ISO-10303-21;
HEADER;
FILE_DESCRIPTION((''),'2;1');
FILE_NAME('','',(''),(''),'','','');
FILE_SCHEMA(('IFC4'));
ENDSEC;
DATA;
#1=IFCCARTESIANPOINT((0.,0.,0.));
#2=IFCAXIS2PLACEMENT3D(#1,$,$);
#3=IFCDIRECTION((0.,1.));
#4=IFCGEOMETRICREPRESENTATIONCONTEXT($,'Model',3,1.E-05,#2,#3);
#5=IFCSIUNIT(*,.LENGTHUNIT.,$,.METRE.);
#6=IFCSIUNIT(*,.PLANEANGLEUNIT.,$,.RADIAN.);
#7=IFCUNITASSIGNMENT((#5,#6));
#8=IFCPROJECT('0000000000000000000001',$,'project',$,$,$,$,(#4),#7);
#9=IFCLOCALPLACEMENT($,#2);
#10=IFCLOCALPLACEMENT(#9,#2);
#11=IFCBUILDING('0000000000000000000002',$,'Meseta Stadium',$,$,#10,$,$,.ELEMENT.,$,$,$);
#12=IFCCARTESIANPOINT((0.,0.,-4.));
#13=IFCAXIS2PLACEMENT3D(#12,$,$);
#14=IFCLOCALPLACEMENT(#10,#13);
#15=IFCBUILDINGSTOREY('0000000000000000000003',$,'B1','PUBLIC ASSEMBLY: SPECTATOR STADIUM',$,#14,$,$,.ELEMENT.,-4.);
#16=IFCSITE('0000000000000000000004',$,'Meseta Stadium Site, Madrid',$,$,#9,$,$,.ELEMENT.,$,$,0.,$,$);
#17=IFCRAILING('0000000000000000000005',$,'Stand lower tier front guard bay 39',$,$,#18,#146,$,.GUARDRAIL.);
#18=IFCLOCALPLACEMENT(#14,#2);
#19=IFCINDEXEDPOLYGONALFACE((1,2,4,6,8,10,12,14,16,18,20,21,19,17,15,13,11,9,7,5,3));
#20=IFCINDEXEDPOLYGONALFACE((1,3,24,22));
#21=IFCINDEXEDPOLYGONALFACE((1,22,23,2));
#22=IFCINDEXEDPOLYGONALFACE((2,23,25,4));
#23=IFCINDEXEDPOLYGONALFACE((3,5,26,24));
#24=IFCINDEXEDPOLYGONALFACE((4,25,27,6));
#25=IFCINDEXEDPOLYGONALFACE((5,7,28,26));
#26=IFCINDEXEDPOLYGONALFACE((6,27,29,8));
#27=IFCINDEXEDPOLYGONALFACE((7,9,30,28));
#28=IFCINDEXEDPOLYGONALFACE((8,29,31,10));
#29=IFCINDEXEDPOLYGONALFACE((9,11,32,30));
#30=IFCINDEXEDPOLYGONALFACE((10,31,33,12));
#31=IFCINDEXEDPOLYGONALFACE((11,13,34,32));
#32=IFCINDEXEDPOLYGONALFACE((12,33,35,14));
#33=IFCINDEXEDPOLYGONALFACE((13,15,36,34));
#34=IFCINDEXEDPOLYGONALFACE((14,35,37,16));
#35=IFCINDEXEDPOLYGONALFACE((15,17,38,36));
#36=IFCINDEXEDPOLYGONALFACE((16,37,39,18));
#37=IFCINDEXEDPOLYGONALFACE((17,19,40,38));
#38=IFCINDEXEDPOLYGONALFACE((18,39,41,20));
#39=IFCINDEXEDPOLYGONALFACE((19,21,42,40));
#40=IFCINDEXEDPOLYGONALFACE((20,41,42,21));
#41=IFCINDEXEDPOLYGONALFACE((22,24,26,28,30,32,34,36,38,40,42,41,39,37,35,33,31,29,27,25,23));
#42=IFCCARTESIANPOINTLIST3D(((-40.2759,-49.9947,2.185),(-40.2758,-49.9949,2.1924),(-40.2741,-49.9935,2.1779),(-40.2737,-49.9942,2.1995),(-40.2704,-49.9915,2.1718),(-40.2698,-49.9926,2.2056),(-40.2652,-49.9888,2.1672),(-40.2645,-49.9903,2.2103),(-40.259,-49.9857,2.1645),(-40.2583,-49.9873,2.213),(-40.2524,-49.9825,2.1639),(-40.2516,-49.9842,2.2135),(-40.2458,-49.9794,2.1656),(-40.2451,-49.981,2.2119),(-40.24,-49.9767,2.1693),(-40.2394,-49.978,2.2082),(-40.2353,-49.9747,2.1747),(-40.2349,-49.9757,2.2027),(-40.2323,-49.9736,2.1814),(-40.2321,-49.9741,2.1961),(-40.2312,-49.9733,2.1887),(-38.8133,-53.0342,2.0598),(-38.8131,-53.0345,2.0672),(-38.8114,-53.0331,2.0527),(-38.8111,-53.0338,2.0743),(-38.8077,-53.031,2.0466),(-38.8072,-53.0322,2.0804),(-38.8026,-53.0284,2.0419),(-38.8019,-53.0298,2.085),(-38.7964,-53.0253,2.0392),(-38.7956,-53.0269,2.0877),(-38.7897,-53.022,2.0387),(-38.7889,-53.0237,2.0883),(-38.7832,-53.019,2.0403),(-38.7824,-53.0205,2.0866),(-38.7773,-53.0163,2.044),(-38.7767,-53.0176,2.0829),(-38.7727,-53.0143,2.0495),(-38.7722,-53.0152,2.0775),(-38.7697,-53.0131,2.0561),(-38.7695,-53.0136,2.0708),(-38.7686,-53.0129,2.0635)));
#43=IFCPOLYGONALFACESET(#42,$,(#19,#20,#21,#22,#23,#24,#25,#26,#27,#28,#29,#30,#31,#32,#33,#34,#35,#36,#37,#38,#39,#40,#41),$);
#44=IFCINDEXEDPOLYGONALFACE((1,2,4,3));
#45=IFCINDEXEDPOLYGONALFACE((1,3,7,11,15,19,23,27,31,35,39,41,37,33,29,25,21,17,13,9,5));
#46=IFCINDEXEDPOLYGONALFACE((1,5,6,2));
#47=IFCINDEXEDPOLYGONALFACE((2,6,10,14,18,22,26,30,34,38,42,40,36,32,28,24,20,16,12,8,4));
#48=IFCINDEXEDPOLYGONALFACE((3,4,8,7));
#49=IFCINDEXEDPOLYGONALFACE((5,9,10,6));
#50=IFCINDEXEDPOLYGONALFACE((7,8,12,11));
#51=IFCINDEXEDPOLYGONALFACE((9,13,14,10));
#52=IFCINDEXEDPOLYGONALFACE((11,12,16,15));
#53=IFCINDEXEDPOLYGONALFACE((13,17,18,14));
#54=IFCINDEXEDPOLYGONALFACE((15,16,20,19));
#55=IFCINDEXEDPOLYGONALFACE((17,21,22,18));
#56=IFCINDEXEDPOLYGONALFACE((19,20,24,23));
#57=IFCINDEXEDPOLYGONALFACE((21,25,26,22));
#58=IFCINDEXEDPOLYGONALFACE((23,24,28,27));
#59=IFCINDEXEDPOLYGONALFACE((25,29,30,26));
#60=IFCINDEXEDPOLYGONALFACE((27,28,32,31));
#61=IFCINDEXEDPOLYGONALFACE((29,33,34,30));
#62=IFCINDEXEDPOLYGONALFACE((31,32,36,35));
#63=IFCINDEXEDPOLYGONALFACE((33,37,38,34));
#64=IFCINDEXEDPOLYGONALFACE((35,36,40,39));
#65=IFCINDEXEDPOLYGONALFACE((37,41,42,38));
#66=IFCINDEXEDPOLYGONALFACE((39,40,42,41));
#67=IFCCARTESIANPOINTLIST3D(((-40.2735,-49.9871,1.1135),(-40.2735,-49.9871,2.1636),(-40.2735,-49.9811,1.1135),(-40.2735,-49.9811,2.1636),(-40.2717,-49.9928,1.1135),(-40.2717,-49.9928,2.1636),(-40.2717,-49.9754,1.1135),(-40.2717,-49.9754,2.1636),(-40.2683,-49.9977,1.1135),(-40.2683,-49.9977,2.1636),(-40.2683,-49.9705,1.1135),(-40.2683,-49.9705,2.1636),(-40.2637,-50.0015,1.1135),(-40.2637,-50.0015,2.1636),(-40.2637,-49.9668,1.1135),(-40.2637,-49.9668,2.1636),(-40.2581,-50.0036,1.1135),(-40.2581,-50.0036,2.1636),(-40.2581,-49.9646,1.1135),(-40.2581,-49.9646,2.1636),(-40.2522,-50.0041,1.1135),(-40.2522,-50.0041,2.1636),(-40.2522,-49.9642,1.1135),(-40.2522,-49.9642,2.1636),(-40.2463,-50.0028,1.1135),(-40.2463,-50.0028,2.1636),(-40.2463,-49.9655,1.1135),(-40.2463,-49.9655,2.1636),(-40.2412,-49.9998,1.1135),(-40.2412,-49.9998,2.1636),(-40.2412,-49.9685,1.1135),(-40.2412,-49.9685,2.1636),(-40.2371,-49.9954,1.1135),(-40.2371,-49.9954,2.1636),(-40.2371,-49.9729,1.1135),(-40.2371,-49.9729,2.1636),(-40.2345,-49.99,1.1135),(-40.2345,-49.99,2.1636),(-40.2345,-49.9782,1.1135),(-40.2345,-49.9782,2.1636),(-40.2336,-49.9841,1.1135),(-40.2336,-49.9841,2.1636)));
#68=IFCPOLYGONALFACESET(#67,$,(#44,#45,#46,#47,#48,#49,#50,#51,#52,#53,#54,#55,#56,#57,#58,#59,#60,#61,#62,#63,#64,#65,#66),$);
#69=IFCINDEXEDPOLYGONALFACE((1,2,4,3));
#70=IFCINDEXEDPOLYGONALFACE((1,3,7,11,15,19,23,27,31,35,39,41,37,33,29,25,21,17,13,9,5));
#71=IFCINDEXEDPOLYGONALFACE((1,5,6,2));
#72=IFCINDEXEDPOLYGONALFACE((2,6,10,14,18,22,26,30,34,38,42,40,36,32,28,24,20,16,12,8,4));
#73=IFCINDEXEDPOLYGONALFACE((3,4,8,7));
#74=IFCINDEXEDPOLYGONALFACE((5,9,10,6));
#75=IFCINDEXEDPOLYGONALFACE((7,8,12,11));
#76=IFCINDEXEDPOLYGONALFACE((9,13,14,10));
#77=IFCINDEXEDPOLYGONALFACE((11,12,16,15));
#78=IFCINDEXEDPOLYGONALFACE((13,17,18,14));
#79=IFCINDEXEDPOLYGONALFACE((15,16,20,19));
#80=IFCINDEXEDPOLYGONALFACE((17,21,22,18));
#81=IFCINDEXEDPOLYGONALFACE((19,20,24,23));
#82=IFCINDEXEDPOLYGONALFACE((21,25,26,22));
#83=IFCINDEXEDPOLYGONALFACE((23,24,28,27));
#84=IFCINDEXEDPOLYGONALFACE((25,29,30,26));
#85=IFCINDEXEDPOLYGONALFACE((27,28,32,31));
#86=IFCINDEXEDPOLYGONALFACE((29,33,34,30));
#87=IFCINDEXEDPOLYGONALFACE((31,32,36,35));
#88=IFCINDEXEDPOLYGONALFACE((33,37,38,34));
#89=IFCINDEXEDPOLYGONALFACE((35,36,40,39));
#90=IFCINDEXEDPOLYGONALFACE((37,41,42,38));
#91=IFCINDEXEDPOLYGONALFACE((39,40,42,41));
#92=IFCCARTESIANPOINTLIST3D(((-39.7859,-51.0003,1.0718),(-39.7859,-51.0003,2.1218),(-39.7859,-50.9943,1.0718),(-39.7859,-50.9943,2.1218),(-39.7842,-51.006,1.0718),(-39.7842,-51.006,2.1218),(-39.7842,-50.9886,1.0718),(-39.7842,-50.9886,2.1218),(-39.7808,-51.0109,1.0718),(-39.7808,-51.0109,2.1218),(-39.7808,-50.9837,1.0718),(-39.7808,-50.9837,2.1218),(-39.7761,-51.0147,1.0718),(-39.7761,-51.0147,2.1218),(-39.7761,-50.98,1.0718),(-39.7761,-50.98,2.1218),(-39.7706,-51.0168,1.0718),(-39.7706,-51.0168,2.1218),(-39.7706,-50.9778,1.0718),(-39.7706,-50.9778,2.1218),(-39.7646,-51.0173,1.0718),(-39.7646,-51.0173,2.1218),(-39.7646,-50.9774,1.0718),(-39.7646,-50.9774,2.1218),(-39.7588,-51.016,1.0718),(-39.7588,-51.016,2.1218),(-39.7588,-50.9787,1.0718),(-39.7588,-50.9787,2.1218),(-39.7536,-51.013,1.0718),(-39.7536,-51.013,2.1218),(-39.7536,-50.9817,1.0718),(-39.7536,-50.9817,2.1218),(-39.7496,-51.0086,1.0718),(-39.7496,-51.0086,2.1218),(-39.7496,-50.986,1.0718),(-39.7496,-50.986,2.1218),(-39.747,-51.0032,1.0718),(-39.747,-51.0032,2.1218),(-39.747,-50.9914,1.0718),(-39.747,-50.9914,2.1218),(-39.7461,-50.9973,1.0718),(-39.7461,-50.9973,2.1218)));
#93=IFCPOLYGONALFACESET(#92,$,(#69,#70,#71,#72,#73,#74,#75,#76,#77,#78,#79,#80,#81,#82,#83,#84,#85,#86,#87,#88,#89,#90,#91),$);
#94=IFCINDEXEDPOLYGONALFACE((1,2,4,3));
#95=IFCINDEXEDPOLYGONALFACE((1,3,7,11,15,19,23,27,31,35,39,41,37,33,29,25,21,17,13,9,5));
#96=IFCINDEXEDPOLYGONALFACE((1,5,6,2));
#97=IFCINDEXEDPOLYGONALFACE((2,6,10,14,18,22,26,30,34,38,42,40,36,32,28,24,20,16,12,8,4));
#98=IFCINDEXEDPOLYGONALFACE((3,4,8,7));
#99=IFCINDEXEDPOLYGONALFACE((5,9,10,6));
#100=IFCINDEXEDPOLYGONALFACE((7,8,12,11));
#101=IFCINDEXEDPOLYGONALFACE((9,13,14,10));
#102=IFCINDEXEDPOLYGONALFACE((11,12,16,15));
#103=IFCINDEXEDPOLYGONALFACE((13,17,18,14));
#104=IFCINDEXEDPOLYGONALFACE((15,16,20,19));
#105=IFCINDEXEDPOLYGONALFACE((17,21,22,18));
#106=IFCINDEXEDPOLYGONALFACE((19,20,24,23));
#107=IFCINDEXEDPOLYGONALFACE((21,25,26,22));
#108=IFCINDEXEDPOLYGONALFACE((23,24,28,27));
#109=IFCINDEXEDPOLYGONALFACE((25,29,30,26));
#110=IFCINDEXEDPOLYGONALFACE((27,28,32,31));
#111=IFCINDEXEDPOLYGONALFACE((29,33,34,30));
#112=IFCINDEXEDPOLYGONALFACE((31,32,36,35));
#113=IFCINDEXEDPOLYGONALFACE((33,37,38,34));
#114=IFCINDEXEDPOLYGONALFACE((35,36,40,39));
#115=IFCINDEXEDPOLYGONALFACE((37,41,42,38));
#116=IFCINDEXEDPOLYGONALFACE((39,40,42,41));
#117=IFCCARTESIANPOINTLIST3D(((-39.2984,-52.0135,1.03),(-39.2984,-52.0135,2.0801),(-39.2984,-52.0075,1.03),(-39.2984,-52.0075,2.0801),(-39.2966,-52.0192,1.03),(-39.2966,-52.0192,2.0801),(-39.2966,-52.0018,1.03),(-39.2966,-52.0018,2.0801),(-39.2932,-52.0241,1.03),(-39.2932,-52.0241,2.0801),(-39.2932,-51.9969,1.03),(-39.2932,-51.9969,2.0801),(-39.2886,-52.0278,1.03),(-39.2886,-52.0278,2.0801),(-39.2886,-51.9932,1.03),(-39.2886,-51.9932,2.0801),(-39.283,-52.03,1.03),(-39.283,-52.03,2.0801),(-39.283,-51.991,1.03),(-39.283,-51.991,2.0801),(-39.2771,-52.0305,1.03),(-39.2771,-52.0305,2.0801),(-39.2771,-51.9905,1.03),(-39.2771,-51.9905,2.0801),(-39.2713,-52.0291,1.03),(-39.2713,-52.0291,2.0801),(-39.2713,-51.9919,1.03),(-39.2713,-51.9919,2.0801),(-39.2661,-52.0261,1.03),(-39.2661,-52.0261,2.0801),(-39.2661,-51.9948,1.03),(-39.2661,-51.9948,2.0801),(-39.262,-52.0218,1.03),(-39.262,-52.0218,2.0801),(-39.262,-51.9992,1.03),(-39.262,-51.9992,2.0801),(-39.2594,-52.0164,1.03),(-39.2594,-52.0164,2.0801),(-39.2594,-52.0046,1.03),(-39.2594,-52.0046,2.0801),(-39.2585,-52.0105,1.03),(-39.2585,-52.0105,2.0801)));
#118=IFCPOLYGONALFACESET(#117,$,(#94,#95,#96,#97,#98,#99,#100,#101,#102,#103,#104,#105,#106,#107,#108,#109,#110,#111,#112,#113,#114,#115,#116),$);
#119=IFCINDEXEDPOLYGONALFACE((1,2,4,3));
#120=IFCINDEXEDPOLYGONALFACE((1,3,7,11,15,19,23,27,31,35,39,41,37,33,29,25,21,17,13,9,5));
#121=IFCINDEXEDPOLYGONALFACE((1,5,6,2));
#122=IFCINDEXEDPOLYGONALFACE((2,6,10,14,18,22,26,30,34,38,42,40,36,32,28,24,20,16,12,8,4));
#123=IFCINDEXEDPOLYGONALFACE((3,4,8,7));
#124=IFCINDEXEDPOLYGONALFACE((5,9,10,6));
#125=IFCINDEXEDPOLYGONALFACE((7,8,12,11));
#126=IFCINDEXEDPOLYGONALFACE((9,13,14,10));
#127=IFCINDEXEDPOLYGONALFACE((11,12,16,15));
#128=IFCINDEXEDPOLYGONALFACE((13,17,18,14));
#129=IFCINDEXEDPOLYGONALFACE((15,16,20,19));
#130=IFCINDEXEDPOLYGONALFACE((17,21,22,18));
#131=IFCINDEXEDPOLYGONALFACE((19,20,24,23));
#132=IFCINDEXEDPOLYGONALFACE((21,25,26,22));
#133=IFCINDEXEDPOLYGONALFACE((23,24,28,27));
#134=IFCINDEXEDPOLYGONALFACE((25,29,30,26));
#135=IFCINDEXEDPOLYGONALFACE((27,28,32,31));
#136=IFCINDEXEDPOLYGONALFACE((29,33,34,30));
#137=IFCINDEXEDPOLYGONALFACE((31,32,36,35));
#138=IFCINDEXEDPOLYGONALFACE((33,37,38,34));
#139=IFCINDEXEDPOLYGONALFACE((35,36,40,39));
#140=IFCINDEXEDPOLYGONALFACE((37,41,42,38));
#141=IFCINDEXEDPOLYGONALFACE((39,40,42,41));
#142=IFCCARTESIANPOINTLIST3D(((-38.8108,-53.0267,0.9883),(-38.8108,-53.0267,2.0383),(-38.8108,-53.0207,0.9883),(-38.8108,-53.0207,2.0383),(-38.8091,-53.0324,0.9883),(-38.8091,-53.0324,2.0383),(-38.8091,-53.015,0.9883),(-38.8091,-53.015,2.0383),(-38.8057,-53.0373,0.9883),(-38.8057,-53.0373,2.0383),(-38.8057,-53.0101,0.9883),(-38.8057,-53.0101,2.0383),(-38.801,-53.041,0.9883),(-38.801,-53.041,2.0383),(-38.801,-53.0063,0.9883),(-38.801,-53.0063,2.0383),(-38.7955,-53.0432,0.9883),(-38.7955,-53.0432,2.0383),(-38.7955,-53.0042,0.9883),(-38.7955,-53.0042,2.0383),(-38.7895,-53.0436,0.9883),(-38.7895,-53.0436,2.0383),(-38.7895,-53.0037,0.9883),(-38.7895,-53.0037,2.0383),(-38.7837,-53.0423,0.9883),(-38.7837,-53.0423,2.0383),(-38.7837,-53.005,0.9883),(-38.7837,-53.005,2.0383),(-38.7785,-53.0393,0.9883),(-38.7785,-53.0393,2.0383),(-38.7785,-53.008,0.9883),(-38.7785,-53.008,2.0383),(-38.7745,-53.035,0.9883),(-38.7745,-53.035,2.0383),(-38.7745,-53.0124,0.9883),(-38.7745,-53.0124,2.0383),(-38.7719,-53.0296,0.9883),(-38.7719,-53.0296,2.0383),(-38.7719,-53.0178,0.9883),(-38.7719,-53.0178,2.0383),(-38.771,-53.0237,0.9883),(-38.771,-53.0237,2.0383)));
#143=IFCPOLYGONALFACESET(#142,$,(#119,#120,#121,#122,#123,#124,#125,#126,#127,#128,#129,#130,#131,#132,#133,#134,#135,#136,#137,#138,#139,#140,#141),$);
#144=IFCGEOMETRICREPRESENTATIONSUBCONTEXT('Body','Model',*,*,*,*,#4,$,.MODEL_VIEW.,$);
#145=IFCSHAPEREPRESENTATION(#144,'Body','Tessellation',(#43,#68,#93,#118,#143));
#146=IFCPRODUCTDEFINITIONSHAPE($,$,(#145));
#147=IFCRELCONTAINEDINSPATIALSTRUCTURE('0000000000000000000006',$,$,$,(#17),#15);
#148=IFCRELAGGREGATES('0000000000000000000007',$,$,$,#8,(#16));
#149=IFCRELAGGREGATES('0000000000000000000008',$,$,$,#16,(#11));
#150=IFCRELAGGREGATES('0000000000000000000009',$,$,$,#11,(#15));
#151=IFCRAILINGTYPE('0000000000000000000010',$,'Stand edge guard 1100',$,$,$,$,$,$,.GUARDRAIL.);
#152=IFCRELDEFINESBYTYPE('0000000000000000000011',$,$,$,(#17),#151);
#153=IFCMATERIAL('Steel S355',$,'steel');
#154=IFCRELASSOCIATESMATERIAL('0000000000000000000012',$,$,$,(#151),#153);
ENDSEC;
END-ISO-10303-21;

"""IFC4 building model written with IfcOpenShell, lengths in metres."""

from ifc_helpers import new_model, si_unit, direction, frame, origin, origin_2d, place, context, subcontext, project, spatial, circle, extrude, material, type_object, element, save


model = new_model("IFC4")

# Units and contexts
model_context = context("Model", 3, precision=1e-05, world=origin(), true_north=direction((0.0, 1.0)))
body_context = subcontext(model_context, "Body", "Model", "MODEL_VIEW")
ifc_project = project(units=[si_unit("LENGTHUNIT", "METRE"), si_unit("PLANEANGLEUNIT", "RADIAN")], contexts=[model_context])

# Site, building, storey
site_placement = place(None, origin())
site = spatial("IfcSite", under=ifc_project, at=site_placement, Name="Meseta Stadium Site, Madrid", CompositionType="ELEMENT", RefElevation=0.0)
building_placement = place(site_placement, origin())
building = spatial("IfcBuilding", under=site, at=building_placement, Name="Meseta Stadium", CompositionType="ELEMENT")
storey_placement = place(building_placement, frame((0.0, 0.0, -4.0)))
storey = spatial("IfcBuildingStorey", under=building, at=storey_placement, Name="B1", Description="PUBLIC ASSEMBLY: SPECTATOR STADIUM", CompositionType="ELEMENT", Elevation=-4.0)

# Railing
ifc_material_1 = material(Name="Steel S355", Category="steel")
railing_type = type_object("IfcRailingType", Name="Stand edge guard 1100", PredefinedType="GUARDRAIL", material=ifc_material_1)
railing_1_placement = place(storey_placement, frame((-40.2537, -49.9841, 1.1135)))
element("IfcRailing", 1, at=railing_1_placement, inside=storey, type_object=railing_type, Name="Stand lower tier front guard bay 39", PredefinedType="GUARDRAIL", context=body_context, shape_type="SweptSolid", body=[
    extrude(circle(Radius=0.0249, at=origin_2d()), frame((0.0, 0.0, 1.0752), z_axis=(0.433315, -0.900479, -0.037104), x_axis=(0.901099, 0.433613, 0.0)), (0.0, 0.0, 1.0), 3.3755),
    extrude(circle(Radius=0.02, at=origin_2d()), origin(), (0.0, 0.0, 1.0), 1.05),
    extrude(circle(Radius=0.02, at=origin_2d()), frame((0.4875, -1.0132, -0.0417)), (0.0, 0.0, 1.0), 1.05),
    extrude(circle(Radius=0.02, at=origin_2d()), frame((0.9751, -2.0264, -0.0835)), (0.0, 0.0, 1.0), 1.05),
    extrude(circle(Radius=0.02, at=origin_2d()), frame((1.4626, -3.0396, -0.1252)), (0.0, 0.0, 1.0), 1.05),
])

save(model, "model.ifc")
